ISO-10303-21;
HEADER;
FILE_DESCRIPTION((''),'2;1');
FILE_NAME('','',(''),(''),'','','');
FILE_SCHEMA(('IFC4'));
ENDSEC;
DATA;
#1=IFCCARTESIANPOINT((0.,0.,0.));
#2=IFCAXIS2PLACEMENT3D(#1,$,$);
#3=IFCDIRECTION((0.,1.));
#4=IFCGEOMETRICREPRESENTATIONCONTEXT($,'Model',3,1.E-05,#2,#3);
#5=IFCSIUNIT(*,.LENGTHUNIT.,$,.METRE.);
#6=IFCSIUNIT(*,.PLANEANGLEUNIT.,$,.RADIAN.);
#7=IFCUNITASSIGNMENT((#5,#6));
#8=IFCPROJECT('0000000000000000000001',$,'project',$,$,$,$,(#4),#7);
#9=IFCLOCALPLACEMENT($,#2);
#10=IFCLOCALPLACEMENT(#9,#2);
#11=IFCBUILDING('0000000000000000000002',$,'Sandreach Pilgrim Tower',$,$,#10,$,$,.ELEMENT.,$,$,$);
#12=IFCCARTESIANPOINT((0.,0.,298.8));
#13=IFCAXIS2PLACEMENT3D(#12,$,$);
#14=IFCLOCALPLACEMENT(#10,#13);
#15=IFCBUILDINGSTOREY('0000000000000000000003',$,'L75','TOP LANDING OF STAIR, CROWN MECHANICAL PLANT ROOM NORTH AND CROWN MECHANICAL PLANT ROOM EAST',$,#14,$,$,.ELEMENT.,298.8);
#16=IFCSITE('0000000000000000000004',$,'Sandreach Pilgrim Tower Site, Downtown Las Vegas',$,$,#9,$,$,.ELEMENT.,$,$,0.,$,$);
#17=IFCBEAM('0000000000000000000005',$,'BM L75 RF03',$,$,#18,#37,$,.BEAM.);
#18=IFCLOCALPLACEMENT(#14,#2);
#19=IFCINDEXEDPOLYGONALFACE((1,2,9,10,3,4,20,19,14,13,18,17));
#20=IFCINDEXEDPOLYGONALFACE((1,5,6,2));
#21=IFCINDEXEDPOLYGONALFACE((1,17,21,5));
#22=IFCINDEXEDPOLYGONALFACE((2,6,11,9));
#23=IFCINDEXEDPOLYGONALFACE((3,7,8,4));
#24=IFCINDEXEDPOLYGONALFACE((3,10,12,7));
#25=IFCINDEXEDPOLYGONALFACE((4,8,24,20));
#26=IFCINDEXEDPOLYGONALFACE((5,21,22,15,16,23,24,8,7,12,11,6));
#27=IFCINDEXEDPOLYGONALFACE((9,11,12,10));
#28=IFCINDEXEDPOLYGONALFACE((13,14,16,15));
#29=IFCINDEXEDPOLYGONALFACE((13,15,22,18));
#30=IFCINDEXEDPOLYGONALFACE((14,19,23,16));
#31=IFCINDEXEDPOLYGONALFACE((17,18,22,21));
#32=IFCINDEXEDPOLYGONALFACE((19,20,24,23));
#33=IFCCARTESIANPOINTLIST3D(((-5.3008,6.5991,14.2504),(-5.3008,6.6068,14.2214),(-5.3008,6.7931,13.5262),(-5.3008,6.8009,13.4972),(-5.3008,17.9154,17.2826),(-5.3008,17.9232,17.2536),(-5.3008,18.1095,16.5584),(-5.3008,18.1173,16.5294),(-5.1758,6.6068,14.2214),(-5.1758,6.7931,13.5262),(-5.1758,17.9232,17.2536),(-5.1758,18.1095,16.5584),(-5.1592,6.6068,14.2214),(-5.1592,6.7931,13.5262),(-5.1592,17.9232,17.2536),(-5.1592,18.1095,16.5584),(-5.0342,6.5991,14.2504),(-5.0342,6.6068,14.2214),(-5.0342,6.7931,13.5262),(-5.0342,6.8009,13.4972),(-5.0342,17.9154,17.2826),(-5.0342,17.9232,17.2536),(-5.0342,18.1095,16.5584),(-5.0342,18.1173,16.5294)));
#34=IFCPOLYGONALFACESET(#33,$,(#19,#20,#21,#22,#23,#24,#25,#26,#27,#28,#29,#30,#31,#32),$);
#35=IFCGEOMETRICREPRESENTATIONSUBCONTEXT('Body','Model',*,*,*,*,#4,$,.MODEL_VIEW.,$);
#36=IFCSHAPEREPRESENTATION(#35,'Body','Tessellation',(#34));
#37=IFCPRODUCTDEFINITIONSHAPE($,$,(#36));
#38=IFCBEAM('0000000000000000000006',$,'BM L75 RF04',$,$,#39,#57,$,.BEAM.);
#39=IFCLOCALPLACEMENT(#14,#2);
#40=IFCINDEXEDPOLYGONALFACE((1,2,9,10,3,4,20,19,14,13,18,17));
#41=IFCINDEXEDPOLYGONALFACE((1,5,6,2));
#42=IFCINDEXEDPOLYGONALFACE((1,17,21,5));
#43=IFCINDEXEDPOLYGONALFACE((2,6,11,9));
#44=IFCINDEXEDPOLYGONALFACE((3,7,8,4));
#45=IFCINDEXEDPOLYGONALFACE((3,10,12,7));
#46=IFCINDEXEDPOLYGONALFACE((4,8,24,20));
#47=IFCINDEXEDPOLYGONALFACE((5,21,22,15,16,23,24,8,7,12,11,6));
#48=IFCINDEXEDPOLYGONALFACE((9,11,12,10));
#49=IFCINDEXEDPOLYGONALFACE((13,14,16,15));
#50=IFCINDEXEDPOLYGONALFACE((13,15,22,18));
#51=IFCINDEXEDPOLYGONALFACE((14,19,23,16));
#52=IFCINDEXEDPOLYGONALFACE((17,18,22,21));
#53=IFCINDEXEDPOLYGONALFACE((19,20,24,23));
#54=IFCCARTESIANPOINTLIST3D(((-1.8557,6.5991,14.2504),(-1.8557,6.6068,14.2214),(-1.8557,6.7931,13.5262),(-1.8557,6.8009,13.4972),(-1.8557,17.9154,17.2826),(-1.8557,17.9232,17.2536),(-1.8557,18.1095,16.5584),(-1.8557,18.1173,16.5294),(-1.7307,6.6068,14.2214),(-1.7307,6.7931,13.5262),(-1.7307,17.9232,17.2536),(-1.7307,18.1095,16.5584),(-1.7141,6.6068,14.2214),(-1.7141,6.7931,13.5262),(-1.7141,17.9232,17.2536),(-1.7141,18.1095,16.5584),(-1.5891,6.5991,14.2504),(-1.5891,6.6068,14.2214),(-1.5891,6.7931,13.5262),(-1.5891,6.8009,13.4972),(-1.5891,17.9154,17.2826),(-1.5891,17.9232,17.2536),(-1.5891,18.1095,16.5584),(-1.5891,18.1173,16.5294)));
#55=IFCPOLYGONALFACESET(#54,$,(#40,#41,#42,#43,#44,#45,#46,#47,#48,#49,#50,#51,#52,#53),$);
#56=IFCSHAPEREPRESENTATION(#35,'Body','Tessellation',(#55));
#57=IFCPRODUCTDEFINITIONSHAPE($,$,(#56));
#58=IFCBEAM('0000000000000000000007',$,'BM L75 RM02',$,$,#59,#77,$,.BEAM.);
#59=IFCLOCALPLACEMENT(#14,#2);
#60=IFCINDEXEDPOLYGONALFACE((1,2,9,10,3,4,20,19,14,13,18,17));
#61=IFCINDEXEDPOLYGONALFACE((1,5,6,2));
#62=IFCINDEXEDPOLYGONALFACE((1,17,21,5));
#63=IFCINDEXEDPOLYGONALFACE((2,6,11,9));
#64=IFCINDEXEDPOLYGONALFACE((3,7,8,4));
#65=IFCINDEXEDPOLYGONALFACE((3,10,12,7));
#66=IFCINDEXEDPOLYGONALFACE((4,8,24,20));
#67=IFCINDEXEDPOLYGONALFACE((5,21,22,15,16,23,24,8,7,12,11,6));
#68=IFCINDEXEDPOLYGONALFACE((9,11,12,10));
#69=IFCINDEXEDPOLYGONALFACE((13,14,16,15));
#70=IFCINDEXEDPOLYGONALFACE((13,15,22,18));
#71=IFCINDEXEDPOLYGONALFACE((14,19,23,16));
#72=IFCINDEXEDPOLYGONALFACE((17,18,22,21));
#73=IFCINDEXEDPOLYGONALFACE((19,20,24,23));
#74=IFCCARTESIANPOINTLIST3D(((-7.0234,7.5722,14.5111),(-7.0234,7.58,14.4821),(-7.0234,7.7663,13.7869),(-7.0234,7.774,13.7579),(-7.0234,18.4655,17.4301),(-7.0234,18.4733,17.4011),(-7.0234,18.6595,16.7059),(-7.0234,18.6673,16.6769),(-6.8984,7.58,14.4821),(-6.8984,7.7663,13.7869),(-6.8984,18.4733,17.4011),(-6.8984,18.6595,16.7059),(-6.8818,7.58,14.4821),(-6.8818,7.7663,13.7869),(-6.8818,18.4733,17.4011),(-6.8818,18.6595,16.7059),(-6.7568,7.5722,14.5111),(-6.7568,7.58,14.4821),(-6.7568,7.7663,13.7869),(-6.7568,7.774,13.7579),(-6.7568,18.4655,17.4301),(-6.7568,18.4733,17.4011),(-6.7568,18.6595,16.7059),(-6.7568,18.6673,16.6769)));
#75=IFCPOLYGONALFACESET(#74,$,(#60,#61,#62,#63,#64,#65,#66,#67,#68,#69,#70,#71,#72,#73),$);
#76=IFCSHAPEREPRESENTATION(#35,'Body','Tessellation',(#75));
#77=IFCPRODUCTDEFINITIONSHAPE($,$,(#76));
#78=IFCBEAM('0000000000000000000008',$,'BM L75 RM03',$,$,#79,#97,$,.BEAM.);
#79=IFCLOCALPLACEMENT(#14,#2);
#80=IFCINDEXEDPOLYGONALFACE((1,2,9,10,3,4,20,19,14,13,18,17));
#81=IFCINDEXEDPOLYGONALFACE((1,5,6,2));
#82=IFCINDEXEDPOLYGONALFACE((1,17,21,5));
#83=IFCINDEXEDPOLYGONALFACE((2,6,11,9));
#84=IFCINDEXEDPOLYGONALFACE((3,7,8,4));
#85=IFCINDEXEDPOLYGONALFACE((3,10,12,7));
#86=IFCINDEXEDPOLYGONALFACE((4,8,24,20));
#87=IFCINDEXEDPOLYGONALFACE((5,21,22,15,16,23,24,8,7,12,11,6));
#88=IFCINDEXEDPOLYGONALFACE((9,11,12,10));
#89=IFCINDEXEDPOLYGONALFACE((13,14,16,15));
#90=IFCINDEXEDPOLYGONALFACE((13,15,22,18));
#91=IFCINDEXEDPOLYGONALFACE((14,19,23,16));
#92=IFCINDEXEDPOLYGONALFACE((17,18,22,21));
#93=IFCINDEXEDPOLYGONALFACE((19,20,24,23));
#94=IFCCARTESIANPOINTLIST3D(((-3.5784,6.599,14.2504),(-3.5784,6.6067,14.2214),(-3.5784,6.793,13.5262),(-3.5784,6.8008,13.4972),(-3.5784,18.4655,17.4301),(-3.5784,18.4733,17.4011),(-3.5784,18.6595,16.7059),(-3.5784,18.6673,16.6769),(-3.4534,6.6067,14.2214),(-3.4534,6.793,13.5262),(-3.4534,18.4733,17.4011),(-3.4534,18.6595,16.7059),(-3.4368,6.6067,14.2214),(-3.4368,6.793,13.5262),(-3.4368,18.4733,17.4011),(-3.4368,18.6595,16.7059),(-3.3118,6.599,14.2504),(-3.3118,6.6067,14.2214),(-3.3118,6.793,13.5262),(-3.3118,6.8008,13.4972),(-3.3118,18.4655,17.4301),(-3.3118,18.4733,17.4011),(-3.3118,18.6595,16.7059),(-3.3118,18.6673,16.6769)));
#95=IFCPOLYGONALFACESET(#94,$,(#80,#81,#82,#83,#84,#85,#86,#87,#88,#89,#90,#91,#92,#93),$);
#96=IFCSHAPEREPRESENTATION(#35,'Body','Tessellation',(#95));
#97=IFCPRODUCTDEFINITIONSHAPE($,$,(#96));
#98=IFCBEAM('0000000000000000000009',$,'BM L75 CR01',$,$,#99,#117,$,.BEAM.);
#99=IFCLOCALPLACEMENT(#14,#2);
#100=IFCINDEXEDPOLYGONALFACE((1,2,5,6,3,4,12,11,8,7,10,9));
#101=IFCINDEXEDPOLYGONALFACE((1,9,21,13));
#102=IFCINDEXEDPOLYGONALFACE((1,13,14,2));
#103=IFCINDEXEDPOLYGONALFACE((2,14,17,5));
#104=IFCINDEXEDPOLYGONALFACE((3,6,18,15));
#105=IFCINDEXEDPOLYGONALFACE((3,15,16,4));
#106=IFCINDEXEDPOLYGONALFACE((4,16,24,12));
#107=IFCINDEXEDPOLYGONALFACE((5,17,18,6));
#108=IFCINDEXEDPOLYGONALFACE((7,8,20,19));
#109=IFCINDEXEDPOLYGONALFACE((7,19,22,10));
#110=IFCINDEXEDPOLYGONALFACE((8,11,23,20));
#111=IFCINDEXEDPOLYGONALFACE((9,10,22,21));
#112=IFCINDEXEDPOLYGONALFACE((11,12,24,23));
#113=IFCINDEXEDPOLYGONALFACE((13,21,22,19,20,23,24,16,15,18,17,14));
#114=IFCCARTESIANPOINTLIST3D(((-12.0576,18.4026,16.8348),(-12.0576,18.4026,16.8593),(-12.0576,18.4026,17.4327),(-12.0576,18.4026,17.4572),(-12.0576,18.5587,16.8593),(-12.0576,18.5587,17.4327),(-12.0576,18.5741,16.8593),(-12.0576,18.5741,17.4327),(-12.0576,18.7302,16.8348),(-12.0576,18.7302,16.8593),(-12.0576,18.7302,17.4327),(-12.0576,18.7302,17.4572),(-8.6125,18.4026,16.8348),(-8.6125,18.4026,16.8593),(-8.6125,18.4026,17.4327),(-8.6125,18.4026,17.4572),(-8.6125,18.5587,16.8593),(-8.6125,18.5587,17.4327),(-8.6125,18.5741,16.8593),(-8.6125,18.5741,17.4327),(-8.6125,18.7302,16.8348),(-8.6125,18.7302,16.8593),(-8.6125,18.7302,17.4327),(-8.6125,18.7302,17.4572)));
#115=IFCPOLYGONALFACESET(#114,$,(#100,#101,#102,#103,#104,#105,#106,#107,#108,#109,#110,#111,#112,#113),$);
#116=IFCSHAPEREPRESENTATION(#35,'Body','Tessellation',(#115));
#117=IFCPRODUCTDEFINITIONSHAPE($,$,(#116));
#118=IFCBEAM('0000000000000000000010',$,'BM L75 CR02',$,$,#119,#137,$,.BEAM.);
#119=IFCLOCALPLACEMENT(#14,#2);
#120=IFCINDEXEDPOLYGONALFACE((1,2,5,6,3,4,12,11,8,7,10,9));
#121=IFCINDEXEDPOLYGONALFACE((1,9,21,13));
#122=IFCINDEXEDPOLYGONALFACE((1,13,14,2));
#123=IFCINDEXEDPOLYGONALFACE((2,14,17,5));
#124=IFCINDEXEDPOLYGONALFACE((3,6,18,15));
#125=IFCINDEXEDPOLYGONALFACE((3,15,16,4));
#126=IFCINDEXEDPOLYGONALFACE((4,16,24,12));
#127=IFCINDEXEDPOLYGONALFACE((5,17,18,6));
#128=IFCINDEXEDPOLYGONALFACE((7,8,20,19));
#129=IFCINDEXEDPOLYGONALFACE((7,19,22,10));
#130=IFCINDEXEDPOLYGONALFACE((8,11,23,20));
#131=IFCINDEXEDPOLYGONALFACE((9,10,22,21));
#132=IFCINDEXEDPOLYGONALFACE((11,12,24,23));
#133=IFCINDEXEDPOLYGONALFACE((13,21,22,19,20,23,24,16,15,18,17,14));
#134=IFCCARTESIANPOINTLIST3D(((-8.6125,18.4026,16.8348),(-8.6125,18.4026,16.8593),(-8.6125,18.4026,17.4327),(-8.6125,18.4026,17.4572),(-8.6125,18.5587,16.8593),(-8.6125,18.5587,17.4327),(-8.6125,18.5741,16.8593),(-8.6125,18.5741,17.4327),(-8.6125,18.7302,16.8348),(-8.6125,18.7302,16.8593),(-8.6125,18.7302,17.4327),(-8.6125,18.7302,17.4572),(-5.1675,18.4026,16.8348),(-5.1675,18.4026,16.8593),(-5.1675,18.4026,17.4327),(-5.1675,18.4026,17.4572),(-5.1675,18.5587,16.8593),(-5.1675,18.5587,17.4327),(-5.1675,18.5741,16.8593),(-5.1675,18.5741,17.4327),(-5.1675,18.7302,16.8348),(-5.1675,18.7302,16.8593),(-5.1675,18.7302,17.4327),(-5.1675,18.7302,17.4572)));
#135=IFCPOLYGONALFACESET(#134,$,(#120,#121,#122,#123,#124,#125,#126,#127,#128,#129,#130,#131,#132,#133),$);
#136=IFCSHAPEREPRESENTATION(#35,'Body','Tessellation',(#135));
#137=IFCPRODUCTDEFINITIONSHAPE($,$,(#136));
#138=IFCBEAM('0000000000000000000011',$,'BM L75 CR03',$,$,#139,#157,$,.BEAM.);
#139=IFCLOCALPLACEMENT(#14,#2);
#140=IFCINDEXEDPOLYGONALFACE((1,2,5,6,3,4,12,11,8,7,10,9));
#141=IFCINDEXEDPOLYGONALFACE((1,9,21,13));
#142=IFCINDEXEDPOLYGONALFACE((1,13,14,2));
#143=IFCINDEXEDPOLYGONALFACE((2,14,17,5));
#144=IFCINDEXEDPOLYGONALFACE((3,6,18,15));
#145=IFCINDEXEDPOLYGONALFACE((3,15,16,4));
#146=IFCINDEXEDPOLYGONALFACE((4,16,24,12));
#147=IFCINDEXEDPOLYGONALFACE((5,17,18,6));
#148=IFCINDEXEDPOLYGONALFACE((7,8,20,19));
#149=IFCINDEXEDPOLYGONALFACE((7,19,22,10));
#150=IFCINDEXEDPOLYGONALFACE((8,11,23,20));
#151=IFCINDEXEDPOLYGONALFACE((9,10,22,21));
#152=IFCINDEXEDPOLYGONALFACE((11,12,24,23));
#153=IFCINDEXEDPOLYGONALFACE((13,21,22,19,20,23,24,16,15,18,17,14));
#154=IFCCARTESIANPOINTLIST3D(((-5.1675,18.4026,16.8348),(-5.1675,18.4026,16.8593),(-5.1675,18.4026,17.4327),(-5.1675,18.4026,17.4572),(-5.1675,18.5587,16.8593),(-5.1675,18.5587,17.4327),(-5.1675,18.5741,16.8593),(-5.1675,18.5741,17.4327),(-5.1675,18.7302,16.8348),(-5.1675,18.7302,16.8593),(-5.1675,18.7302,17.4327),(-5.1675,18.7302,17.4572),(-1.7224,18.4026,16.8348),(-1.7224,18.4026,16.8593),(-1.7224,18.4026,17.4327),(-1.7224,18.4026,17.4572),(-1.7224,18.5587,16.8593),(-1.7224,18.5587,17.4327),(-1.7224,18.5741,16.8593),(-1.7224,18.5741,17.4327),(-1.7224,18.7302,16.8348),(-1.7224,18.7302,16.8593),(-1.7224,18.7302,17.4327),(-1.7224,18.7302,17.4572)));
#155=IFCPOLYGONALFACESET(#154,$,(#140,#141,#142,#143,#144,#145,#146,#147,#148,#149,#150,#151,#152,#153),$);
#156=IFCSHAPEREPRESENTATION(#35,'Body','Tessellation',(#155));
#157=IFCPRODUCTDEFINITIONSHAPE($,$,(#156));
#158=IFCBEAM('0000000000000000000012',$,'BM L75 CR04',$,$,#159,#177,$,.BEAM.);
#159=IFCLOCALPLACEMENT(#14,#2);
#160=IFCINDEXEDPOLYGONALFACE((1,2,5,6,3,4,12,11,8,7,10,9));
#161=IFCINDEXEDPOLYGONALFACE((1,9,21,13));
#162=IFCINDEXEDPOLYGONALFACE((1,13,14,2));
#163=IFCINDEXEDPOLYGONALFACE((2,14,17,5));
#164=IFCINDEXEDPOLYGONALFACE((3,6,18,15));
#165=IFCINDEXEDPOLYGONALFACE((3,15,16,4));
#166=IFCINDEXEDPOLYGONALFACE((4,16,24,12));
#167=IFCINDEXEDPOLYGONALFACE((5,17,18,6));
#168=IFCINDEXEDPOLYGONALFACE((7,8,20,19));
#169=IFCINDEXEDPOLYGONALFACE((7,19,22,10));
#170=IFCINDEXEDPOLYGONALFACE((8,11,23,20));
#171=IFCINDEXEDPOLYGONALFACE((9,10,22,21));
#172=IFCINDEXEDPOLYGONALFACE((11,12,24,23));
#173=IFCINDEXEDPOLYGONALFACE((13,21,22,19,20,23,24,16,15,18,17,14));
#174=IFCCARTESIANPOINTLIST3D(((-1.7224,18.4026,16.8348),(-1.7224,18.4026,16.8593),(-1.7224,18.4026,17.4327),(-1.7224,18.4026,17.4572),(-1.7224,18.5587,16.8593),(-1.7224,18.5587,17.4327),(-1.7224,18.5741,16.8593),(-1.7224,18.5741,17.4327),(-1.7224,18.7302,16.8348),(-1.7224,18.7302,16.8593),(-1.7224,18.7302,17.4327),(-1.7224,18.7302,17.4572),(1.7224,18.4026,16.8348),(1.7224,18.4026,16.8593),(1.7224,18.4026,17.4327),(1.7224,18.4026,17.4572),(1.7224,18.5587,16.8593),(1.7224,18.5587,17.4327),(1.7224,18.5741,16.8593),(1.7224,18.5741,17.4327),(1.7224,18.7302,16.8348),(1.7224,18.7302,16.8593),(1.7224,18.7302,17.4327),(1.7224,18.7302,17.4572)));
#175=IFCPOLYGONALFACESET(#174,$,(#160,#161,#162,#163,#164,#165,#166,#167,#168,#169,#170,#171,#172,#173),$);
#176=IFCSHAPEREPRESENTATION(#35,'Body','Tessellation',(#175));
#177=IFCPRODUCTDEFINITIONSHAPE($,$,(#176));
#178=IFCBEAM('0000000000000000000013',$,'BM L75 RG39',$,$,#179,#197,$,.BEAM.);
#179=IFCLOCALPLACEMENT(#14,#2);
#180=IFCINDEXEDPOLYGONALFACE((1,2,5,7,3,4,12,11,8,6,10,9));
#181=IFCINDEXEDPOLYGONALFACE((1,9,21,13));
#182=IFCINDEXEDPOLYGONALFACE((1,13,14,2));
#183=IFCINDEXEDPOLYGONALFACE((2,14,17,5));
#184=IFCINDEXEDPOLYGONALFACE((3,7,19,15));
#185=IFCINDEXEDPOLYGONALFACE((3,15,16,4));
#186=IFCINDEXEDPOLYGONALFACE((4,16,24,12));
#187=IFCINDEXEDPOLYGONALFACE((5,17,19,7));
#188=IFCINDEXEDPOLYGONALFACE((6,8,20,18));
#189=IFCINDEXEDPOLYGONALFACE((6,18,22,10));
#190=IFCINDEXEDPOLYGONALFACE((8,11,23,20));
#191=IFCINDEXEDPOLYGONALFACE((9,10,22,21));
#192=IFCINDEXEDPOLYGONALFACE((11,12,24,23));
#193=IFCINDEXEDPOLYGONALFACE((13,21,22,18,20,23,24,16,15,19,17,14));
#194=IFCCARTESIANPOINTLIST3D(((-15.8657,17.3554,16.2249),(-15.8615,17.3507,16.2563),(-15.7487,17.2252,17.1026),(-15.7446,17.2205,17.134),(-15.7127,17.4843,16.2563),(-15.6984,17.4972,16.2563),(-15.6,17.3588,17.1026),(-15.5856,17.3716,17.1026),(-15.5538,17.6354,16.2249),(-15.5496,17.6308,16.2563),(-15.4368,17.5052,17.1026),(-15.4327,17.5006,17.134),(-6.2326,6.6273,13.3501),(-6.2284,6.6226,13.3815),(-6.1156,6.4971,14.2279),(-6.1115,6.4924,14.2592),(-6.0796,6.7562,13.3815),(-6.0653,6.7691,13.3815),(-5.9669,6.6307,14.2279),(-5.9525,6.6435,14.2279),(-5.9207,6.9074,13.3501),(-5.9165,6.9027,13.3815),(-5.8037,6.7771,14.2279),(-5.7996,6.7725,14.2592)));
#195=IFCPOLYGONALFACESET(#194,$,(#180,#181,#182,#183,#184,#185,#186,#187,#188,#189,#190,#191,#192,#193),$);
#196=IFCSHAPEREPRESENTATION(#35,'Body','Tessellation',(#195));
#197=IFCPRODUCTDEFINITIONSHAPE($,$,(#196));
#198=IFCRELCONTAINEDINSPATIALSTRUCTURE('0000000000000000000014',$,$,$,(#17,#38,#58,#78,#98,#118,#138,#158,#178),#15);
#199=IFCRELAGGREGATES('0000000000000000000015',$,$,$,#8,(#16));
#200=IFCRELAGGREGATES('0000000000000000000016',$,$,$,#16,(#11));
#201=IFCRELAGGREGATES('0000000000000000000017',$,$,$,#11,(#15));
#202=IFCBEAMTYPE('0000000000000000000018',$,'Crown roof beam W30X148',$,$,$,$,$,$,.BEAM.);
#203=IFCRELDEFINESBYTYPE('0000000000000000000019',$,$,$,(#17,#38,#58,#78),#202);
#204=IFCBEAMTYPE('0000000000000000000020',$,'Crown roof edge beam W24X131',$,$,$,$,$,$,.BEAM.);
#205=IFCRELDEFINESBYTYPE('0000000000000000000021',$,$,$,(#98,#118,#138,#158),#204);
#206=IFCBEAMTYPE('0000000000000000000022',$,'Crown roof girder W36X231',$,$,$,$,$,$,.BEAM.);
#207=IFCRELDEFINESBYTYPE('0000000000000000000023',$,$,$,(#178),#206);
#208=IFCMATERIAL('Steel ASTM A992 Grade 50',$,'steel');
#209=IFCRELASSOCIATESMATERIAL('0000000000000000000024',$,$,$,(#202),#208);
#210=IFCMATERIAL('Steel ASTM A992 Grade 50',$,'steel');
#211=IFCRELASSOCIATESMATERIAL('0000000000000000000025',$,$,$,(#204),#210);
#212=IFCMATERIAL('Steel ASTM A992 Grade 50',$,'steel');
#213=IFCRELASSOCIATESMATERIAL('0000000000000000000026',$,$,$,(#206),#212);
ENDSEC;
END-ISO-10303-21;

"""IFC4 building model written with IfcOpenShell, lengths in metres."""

from ifc_helpers import new_model, si_unit, direction, frame, origin, origin_2d, place, context, subcontext, project, spatial, i_section, extrude, material, material_profile, profile_set, type_object, element, save


model = new_model("IFC4")

# Units and contexts
model_context = context("Model", 3, precision=1e-05, world=origin(), true_north=direction((0.0, 1.0)))
body_context = subcontext(model_context, "Body", "Model", "MODEL_VIEW")
ifc_project = project(units=[si_unit("LENGTHUNIT", "METRE"), si_unit("PLANEANGLEUNIT", "RADIAN")], contexts=[model_context])

# Site, building, storey
site_placement = place(None, origin())
site = spatial("IfcSite", under=ifc_project, at=site_placement, Name="Sandreach Pilgrim Tower Site, Downtown Las Vegas", CompositionType="ELEMENT", RefElevation=0.0)
building_placement = place(site_placement, origin())
building = spatial("IfcBuilding", under=site, at=building_placement, Name="Sandreach Pilgrim Tower", CompositionType="ELEMENT")
storey_placement = place(building_placement, frame((0.0, 0.0, 298.8)))
storey = spatial("IfcBuildingStorey", under=building, at=storey_placement, Name="L75", Description="TOP LANDING OF STAIR, CROWN MECHANICAL PLANT ROOM NORTH AND CROWN MECHANICAL PLANT ROOM EAST", CompositionType="ELEMENT", Elevation=298.8)

# Beams
ifc_material_1 = material(Name="Steel ASTM A992 Grade 50", Category="steel")
ifc_material_profile_1 = material_profile(ifc_material_1, i_section(OverallWidth=0.2666, OverallDepth=0.7798, WebThickness=0.0166, FlangeThickness=0.03, at=origin_2d()), Name="W30X148")
ifc_profile_set_1 = profile_set([ifc_material_profile_1], Name="Steel ASTM A992 Grade 50")
beam_type_1 = type_object("IfcBeamType", Name="Crown roof beam W30X148", PredefinedType="BEAM", material=ifc_profile_set_1)
for number, where, z_axis, x_axis, name in (
    (1, (-5.1675, 18.0164, 16.906), (0.0, -0.965926, -0.258819), (1.0, 0.0, 0.0), "BM L75 RF03"),
    (2, (-1.7224, 18.0164, 16.906), (0.0, -0.965926, -0.258819), (1.0, 0.0, 0.0), "BM L75 RF04"),
):
    element("IfcBeam", number, at=place(storey_placement, frame(where, z_axis=z_axis, x_axis=x_axis)), inside=storey, type_object=beam_type_1, Name=name, PredefinedType="BEAM", context=body_context, shape_type="SweptSolid", body=[
        extrude(i_section(OverallWidth=0.2666, OverallDepth=0.7798, WebThickness=0.0166, FlangeThickness=0.03, at=origin_2d()), origin(), (0.0, 0.0, 1.0), 11.7156),
    ])
beam_1_placement = place(storey_placement, frame((-6.8901, 18.5664, 17.0535), z_axis=(0.0, -0.965924, -0.258827), x_axis=(1.0, 0.0, 0.0)))
element("IfcBeam", 3, at=beam_1_placement, inside=storey, type_object=beam_type_1, Name="BM L75 RM02", PredefinedType="BEAM", context=body_context, shape_type="SweptSolid", body=[
    extrude(i_section(OverallWidth=0.2666, OverallDepth=0.7798, WebThickness=0.0166, FlangeThickness=0.03, at=origin_2d()), origin(), (0.0, 0.0, 1.0), 11.2776),
])
beam_2_placement = place(storey_placement, frame((-3.4451, 18.5664, 17.0535), z_axis=(0.0, -0.965924, -0.258825), x_axis=(1.0, 0.0, 0.0)))
element("IfcBeam", 4, at=beam_2_placement, inside=storey, type_object=beam_type_1, Name="BM L75 RM03", PredefinedType="BEAM", context=body_context, shape_type="SweptSolid", body=[
    extrude(i_section(OverallWidth=0.2666, OverallDepth=0.7798, WebThickness=0.0166, FlangeThickness=0.03, at=origin_2d()), origin(), (0.0, 0.0, 1.0), 12.2852),
])
ifc_material_2 = material(Name="Steel ASTM A992 Grade 50", Category="steel")
ifc_material_profile_2 = material_profile(ifc_material_2, i_section(OverallWidth=0.3276, OverallDepth=0.6223, WebThickness=0.0154, FlangeThickness=0.0244, at=origin_2d()), Name="W24X131")
ifc_profile_set_2 = profile_set([ifc_material_profile_2], Name="Steel ASTM A992 Grade 50")
beam_type_2 = type_object("IfcBeamType", Name="Crown roof edge beam W24X131", PredefinedType="BEAM", material=ifc_profile_set_2)
for number, where, z_axis, x_axis, name in (
    (5, (-12.0576, 18.5664, 17.146), (1.0, 0.0, 0.0), (0.0, 1.0, 0.0), "BM L75 CR01"),
    (6, (-8.6125, 18.5664, 17.146), (1.0, 0.0, 0.0), (0.0, 1.0, 0.0), "BM L75 CR02"),
    (7, (-5.1675, 18.5664, 17.146), (1.0, 0.0, 0.0), (0.0, 1.0, 0.0), "BM L75 CR03"),
):
    element("IfcBeam", number, at=place(storey_placement, frame(where, z_axis=z_axis, x_axis=x_axis)), inside=storey, type_object=beam_type_2, Name=name, PredefinedType="BEAM", context=body_context, shape_type="SweptSolid", body=[
        extrude(i_section(OverallWidth=0.3276, OverallDepth=0.6223, WebThickness=0.0154, FlangeThickness=0.0244, at=origin_2d()), origin(), (0.0, 0.0, 1.0), 3.4451),
    ])
beam_3_placement = place(storey_placement, frame((-1.7224, 18.5664, 17.146), z_axis=(1.0, 0.0, 0.0), x_axis=(0.0, 1.0, 0.0)))
element("IfcBeam", 8, at=beam_3_placement, inside=storey, type_object=beam_type_2, Name="BM L75 CR04", PredefinedType="BEAM", context=body_context, shape_type="SweptSolid", body=[
    extrude(i_section(OverallWidth=0.3276, OverallDepth=0.6223, WebThickness=0.0154, FlangeThickness=0.0244, at=origin_2d()), origin(), (0.0, 0.0, 1.0), 3.4448),
])
ifc_material_3 = material(Name="Steel ASTM A992 Grade 50", Category="steel")
ifc_material_profile_3 = material_profile(ifc_material_3, i_section(OverallWidth=0.4192, OverallDepth=0.927, WebThickness=0.0193, FlangeThickness=0.032, at=origin_2d()), Name="W36X231")
ifc_profile_set_3 = profile_set([ifc_material_profile_3], Name="Steel ASTM A992 Grade 50")
beam_type_3 = type_object("IfcBeamType", Name="Crown roof girder W36X231", PredefinedType="BEAM", material=ifc_profile_set_3)
beam_4_placement = place(storey_placement, frame((-15.6492, 17.428, 16.6794), z_axis=(0.655218, -0.729696, -0.195534), x_axis=(0.744058, 0.668115, 0.0)))
element("IfcBeam", 9, at=beam_4_placement, inside=storey, type_object=beam_type_3, Name="BM L75 RG39", PredefinedType="BEAM", context=body_context, shape_type="SweptSolid", body=[
    extrude(i_section(OverallWidth=0.4192, OverallDepth=0.927, WebThickness=0.0193, FlangeThickness=0.032, at=origin_2d()), origin(), (0.0, 0.0, 1.0), 14.7021),
])

save(model, "model.ifc")
